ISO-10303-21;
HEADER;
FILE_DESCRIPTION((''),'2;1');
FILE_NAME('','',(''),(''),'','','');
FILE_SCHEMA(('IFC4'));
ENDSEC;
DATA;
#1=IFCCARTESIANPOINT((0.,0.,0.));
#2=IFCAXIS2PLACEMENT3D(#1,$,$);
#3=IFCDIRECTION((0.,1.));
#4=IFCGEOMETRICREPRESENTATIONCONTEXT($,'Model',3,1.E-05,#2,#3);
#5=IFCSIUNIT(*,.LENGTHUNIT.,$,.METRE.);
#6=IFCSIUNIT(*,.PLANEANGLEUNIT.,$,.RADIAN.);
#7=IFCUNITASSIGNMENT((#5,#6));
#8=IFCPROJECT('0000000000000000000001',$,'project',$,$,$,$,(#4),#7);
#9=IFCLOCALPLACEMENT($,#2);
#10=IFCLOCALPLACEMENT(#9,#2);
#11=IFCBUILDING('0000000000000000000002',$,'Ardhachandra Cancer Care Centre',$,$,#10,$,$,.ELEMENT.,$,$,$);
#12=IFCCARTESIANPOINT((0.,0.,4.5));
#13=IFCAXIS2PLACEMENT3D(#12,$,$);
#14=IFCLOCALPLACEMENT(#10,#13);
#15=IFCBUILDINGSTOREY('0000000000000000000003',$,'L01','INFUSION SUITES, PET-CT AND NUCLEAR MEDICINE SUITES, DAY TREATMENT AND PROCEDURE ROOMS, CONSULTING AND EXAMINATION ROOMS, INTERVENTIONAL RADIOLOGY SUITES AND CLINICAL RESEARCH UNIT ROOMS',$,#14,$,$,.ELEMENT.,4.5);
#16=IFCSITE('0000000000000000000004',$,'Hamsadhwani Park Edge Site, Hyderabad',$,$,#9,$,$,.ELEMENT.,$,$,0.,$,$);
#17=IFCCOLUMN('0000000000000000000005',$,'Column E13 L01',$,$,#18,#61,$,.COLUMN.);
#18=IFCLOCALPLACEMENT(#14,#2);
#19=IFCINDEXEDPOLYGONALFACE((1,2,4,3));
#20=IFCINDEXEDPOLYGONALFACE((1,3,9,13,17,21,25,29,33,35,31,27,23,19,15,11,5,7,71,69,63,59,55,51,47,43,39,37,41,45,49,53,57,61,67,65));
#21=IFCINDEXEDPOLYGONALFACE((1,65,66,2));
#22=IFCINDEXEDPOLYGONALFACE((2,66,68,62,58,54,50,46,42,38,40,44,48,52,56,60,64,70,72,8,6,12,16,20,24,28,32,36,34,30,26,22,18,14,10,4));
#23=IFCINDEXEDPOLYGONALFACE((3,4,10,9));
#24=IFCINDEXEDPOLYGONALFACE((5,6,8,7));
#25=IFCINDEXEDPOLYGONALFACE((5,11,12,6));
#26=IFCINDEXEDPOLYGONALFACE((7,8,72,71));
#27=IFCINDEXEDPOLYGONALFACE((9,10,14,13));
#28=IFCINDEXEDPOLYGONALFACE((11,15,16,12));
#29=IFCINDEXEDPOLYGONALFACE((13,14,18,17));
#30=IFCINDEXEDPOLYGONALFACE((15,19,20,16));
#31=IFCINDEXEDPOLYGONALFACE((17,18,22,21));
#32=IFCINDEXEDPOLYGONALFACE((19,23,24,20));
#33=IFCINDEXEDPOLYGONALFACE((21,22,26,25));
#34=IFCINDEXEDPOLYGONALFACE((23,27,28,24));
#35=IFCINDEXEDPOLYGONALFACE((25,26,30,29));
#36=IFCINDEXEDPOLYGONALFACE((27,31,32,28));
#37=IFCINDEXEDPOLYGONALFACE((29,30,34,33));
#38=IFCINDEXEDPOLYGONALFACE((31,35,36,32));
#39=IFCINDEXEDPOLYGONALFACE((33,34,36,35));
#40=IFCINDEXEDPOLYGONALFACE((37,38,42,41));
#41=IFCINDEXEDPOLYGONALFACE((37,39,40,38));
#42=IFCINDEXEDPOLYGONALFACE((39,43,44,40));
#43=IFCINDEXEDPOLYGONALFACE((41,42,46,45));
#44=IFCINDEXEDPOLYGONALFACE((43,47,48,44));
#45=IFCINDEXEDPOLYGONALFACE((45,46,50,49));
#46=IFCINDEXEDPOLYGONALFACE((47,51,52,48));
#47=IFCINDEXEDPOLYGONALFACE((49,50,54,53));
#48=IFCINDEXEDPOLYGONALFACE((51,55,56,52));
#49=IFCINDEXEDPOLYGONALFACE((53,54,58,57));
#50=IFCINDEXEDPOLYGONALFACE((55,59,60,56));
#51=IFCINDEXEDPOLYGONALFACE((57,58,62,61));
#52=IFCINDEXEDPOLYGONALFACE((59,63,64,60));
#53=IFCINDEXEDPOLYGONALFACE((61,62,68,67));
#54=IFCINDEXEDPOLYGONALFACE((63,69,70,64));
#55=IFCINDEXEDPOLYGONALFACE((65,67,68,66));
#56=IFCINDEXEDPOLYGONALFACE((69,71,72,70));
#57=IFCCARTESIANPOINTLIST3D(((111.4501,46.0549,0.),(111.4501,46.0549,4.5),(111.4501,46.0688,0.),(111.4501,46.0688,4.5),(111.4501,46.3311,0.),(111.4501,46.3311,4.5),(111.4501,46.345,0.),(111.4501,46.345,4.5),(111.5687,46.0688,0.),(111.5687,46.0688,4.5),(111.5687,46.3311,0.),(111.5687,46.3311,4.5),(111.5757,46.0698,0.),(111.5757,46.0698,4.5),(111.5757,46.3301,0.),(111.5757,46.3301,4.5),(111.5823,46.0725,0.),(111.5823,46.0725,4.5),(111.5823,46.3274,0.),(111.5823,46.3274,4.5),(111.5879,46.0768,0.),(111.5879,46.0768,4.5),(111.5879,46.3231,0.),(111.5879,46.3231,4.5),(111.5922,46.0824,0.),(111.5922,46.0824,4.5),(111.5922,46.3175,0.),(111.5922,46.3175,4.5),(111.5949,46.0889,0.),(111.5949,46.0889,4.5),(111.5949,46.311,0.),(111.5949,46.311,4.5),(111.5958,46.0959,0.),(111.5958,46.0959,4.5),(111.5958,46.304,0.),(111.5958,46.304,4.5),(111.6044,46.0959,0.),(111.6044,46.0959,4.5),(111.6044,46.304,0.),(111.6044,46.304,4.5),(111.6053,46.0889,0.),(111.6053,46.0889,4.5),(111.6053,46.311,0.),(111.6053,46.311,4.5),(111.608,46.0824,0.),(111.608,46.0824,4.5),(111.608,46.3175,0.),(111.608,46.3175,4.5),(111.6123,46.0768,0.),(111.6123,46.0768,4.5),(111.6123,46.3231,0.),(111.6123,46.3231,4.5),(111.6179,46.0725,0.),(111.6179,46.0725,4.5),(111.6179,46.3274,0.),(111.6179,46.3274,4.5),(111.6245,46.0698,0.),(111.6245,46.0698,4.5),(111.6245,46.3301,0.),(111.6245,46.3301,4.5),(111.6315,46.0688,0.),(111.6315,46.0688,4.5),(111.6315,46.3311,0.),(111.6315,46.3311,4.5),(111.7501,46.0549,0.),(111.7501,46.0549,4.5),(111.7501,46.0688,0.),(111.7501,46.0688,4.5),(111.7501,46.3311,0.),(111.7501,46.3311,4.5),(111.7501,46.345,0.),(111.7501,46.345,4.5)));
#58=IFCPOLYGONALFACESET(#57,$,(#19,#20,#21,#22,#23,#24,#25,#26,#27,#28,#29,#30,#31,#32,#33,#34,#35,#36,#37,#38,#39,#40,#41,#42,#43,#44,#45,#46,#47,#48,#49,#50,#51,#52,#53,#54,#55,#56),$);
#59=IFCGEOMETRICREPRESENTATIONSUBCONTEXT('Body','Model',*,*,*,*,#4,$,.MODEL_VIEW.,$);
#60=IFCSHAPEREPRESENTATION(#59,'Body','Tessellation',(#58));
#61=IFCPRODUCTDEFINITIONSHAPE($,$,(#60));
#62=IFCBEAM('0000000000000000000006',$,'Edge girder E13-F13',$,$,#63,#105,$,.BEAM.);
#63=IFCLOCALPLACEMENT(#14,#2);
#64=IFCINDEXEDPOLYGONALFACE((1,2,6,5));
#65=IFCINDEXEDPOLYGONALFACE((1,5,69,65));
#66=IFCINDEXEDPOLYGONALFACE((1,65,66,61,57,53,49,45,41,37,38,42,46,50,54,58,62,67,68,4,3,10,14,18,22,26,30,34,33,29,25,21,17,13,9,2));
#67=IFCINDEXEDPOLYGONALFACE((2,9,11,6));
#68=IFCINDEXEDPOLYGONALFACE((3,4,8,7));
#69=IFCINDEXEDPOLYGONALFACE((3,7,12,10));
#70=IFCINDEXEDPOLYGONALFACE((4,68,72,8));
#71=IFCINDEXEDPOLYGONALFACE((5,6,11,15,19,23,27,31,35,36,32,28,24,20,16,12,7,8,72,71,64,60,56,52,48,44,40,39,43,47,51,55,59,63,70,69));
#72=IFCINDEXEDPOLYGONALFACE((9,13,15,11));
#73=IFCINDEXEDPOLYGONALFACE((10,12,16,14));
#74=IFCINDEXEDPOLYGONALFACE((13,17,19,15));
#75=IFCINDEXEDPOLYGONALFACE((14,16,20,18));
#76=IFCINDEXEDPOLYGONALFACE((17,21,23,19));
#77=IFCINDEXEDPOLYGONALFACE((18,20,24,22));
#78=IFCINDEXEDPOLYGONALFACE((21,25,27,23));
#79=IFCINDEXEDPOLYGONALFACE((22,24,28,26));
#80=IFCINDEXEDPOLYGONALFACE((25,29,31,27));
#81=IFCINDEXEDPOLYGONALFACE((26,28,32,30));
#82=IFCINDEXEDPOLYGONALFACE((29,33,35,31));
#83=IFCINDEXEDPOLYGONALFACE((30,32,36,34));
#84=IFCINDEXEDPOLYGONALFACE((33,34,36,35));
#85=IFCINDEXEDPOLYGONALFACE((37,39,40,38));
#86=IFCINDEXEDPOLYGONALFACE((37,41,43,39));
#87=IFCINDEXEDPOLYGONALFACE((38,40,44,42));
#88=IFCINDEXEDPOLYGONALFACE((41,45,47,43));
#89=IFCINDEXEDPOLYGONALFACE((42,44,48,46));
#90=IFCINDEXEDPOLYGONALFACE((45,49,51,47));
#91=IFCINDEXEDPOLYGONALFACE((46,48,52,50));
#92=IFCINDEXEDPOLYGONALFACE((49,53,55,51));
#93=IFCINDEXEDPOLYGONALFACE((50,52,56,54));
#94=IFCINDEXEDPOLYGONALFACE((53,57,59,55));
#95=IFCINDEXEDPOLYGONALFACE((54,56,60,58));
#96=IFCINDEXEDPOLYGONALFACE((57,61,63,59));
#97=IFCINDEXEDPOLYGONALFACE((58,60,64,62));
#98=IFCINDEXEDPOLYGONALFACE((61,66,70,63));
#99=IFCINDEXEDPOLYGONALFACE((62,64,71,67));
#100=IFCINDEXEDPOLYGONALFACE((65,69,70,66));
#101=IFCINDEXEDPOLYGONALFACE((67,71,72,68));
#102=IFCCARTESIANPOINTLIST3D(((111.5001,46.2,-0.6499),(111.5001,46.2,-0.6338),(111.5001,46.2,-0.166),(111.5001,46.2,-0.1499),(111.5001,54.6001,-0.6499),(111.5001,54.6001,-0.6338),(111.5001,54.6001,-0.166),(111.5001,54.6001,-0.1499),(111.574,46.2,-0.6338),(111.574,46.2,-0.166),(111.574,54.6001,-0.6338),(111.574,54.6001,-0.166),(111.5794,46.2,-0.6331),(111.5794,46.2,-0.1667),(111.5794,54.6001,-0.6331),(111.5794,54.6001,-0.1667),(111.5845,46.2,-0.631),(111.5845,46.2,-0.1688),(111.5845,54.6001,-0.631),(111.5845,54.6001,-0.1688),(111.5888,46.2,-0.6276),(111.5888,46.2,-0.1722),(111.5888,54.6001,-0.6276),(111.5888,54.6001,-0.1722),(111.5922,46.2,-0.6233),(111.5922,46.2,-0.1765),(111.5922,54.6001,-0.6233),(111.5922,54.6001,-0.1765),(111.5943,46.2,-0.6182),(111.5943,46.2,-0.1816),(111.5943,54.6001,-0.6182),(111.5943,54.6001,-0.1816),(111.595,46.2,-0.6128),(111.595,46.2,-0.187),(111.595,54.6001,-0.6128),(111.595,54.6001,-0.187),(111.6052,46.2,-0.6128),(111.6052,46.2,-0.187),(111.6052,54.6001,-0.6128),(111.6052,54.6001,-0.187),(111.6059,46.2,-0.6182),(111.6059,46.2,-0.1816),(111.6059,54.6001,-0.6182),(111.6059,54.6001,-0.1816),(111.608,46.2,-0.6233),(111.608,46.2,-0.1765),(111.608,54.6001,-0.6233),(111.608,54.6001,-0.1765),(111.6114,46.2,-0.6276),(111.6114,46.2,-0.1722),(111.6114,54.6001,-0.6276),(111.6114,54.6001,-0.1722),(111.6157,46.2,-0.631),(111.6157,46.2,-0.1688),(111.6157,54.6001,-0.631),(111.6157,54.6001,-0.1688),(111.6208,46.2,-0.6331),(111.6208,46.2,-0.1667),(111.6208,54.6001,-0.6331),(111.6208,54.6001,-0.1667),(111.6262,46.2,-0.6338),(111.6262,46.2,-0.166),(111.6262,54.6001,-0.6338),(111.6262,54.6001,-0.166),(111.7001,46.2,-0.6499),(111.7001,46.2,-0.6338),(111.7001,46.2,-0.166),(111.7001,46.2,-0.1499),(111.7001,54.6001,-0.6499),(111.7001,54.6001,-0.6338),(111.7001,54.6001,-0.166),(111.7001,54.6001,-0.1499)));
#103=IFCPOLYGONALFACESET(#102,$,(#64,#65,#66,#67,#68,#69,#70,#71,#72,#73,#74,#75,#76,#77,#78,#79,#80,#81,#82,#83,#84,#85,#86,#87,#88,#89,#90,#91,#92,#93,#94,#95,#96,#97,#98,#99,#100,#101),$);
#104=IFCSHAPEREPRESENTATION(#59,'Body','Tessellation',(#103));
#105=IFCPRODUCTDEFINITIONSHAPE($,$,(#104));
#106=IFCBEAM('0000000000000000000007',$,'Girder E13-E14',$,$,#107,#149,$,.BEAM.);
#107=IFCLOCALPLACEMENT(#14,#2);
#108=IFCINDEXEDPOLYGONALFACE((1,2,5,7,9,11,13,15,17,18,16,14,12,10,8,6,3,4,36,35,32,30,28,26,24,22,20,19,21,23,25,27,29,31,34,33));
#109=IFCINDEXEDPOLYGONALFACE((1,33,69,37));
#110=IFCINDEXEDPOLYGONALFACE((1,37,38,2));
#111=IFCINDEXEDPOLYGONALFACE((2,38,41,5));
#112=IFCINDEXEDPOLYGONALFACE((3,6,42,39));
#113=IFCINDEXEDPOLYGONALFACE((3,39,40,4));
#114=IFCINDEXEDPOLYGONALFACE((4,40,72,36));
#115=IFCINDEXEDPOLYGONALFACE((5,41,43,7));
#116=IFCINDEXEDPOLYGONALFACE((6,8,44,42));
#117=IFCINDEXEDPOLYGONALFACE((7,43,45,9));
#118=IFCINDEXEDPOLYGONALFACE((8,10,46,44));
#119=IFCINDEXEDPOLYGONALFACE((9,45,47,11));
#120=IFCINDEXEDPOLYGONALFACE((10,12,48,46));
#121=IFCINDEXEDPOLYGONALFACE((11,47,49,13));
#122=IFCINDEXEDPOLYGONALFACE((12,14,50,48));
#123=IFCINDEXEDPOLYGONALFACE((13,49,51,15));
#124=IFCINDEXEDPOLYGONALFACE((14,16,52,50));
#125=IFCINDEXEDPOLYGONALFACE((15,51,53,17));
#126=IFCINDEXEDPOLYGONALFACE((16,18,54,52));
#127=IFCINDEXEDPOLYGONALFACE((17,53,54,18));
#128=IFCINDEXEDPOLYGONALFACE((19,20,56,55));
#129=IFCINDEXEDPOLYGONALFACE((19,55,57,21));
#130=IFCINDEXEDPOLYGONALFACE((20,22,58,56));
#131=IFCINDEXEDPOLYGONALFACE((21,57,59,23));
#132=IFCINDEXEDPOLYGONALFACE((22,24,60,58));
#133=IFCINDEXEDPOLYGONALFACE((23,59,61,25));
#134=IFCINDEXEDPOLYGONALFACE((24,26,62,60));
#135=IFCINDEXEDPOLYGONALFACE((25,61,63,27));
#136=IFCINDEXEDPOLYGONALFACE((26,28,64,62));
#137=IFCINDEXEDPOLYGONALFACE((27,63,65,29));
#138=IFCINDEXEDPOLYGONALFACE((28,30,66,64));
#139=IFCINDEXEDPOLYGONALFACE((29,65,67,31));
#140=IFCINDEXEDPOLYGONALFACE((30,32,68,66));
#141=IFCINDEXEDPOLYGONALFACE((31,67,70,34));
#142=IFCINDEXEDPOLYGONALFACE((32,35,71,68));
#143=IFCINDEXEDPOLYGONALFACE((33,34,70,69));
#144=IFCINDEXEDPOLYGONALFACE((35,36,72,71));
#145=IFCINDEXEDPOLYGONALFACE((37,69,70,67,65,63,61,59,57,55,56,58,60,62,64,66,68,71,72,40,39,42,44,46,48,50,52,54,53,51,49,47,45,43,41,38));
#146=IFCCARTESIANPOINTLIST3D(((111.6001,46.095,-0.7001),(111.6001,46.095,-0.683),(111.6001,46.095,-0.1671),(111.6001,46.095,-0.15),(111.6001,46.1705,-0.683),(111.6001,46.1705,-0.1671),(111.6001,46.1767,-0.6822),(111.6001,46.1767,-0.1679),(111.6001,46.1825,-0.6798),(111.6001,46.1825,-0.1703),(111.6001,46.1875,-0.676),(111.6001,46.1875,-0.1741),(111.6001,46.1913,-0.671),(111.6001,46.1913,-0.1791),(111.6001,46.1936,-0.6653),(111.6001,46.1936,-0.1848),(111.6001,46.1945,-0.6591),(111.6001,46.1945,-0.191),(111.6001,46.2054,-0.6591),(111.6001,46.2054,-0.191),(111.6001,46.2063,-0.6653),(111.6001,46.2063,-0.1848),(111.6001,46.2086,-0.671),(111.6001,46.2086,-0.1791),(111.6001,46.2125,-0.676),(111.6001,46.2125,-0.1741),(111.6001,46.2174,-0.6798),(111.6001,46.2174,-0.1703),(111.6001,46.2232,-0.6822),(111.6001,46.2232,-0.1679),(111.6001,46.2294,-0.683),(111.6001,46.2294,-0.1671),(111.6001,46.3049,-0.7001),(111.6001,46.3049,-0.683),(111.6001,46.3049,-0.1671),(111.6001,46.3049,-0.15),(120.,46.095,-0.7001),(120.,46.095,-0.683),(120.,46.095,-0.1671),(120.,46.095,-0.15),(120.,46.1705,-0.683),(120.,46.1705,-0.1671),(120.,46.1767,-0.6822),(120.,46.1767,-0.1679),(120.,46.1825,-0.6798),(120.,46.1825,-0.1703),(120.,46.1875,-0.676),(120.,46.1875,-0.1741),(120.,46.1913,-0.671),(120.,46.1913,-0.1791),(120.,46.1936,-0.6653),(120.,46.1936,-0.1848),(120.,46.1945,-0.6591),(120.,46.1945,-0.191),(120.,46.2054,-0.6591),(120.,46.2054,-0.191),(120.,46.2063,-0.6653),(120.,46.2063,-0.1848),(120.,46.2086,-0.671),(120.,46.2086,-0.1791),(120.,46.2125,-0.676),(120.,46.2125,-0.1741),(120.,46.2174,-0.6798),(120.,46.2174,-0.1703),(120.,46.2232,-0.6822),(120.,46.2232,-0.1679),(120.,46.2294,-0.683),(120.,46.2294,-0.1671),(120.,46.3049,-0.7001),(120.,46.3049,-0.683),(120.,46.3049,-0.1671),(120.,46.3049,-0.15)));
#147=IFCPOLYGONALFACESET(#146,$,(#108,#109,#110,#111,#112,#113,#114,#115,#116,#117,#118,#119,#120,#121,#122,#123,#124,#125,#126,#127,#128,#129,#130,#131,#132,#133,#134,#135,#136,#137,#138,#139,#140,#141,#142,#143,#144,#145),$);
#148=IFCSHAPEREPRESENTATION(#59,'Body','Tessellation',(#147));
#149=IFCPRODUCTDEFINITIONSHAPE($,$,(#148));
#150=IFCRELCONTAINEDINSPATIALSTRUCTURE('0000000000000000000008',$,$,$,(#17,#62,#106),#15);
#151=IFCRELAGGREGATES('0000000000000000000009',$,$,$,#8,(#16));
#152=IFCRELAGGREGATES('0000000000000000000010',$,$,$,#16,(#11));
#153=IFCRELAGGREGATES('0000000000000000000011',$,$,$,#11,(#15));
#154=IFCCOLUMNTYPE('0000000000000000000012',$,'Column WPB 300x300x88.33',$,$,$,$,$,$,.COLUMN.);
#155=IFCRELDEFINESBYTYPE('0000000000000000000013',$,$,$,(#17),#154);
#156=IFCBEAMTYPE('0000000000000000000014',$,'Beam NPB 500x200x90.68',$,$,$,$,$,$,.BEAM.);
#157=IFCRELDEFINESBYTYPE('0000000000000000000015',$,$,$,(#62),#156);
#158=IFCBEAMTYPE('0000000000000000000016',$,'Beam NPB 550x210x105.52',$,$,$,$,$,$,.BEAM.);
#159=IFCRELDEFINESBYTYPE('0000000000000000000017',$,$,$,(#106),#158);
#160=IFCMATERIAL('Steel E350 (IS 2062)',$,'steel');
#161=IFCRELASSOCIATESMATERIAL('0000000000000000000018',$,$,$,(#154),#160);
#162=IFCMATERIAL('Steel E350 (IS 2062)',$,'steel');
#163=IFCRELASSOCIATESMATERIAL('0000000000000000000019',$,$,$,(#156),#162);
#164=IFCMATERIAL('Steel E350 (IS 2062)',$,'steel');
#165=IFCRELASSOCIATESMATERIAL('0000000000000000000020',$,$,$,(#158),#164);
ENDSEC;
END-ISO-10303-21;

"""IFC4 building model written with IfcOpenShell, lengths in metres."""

from ifc_helpers import new_model, si_unit, direction, frame, origin, origin_2d, place, context, subcontext, project, spatial, i_section, extrude, material, material_profile, profile_set, type_object, element, save


model = new_model("IFC4")

# Units and contexts
model_context = context("Model", 3, precision=1e-05, world=origin(), true_north=direction((0.0, 1.0)))
body_context = subcontext(model_context, "Body", "Model", "MODEL_VIEW")
ifc_project = project(units=[si_unit("LENGTHUNIT", "METRE"), si_unit("PLANEANGLEUNIT", "RADIAN")], contexts=[model_context])

# Site, building, storey
site_placement = place(None, origin())
site = spatial("IfcSite", under=ifc_project, at=site_placement, Name="Hamsadhwani Park Edge Site, Hyderabad", CompositionType="ELEMENT", RefElevation=0.0)
building_placement = place(site_placement, origin())
building = spatial("IfcBuilding", under=site, at=building_placement, Name="Ardhachandra Cancer Care Centre", CompositionType="ELEMENT")
storey_placement = place(building_placement, frame((0.0, 0.0, 4.5)))
storey = spatial("IfcBuildingStorey", under=building, at=storey_placement, Name="L01", Description="INFUSION SUITES, PET-CT AND NUCLEAR MEDICINE SUITES, DAY TREATMENT AND PROCEDURE ROOMS, CONSULTING AND EXAMINATION ROOMS, INTERVENTIONAL RADIOLOGY SUITES AND CLINICAL RESEARCH UNIT ROOMS", CompositionType="ELEMENT", Elevation=4.5)

# Column
ifc_material_1 = material(Name="Steel E350 (IS 2062)", Category="steel")
ifc_material_profile_1 = material_profile(ifc_material_1, i_section(OverallWidth=0.3, OverallDepth=0.29, WebThickness=0.0085, FlangeThickness=0.0139, FilletRadius=0.0271, at=origin_2d()), Name="WPB 300x300x88.33")
ifc_profile_set_1 = profile_set([ifc_material_profile_1], Name="Steel E350 (IS 2062)")
column_type = type_object("IfcColumnType", Name="Column WPB 300x300x88.33", PredefinedType="COLUMN", material=ifc_profile_set_1)
column_placement = place(storey_placement, frame((111.6001, 46.2, 0.0), z_axis=(0.0, 0.0, 1.0), x_axis=(1.0, 0.0, 0.0)))
element("IfcColumn", 1, at=column_placement, inside=storey, type_object=column_type, Name="Column E13 L01", PredefinedType="COLUMN", context=body_context, shape_type="SweptSolid", body=[
    extrude(i_section(OverallWidth=0.3, OverallDepth=0.29, WebThickness=0.0085, FlangeThickness=0.0139, FilletRadius=0.0271, at=origin_2d()), origin(), (0.0, 0.0, 1.0), 4.5),
])

# Beams
ifc_material_2 = material(Name="Steel E350 (IS 2062)", Category="steel")
ifc_material_profile_2 = material_profile(ifc_material_2, i_section(OverallWidth=0.2, OverallDepth=0.5, WebThickness=0.0103, FlangeThickness=0.0161, FilletRadius=0.021, at=origin_2d()), Name="NPB 500x200x90.68")
ifc_profile_set_2 = profile_set([ifc_material_profile_2], Name="Steel E350 (IS 2062)")
beam_type_1 = type_object("IfcBeamType", Name="Beam NPB 500x200x90.68", PredefinedType="BEAM", material=ifc_profile_set_2)
beam_1_placement = place(storey_placement, frame((111.6001, 46.2, -0.3999), z_axis=(0.0, 1.0, 0.0), x_axis=(-1.0, 0.0, 0.0)))
element("IfcBeam", 2, at=beam_1_placement, inside=storey, type_object=beam_type_1, Name="Edge girder E13-F13", PredefinedType="BEAM", context=body_context, shape_type="SweptSolid", body=[
    extrude(i_section(OverallWidth=0.2, OverallDepth=0.5, WebThickness=0.0103, FlangeThickness=0.0161, FilletRadius=0.021, at=origin_2d()), origin(), (0.0, 0.0, 1.0), 8.4001),
])
ifc_material_3 = material(Name="Steel E350 (IS 2062)", Category="steel")
ifc_material_profile_3 = material_profile(ifc_material_3, i_section(OverallWidth=0.21, OverallDepth=0.55, WebThickness=0.011, FlangeThickness=0.0171, FilletRadius=0.0239, at=origin_2d()), Name="NPB 550x210x105.52")
ifc_profile_set_3 = profile_set([ifc_material_profile_3], Name="Steel E350 (IS 2062)")
beam_type_2 = type_object("IfcBeamType", Name="Beam NPB 550x210x105.52", PredefinedType="BEAM", material=ifc_profile_set_3)
beam_2_placement = place(storey_placement, frame((111.6001, 46.2, -0.425), z_axis=(1.0, 0.0, 0.0), x_axis=(0.0, 1.0, 0.0)))
element("IfcBeam", 3, at=beam_2_placement, inside=storey, type_object=beam_type_2, Name="Girder E13-E14", PredefinedType="BEAM", context=body_context, shape_type="SweptSolid", body=[
    extrude(i_section(OverallWidth=0.21, OverallDepth=0.55, WebThickness=0.011, FlangeThickness=0.0171, FilletRadius=0.0239, at=origin_2d()), origin(), (0.0, 0.0, 1.0), 8.3999),
])

save(model, "model.ifc")
